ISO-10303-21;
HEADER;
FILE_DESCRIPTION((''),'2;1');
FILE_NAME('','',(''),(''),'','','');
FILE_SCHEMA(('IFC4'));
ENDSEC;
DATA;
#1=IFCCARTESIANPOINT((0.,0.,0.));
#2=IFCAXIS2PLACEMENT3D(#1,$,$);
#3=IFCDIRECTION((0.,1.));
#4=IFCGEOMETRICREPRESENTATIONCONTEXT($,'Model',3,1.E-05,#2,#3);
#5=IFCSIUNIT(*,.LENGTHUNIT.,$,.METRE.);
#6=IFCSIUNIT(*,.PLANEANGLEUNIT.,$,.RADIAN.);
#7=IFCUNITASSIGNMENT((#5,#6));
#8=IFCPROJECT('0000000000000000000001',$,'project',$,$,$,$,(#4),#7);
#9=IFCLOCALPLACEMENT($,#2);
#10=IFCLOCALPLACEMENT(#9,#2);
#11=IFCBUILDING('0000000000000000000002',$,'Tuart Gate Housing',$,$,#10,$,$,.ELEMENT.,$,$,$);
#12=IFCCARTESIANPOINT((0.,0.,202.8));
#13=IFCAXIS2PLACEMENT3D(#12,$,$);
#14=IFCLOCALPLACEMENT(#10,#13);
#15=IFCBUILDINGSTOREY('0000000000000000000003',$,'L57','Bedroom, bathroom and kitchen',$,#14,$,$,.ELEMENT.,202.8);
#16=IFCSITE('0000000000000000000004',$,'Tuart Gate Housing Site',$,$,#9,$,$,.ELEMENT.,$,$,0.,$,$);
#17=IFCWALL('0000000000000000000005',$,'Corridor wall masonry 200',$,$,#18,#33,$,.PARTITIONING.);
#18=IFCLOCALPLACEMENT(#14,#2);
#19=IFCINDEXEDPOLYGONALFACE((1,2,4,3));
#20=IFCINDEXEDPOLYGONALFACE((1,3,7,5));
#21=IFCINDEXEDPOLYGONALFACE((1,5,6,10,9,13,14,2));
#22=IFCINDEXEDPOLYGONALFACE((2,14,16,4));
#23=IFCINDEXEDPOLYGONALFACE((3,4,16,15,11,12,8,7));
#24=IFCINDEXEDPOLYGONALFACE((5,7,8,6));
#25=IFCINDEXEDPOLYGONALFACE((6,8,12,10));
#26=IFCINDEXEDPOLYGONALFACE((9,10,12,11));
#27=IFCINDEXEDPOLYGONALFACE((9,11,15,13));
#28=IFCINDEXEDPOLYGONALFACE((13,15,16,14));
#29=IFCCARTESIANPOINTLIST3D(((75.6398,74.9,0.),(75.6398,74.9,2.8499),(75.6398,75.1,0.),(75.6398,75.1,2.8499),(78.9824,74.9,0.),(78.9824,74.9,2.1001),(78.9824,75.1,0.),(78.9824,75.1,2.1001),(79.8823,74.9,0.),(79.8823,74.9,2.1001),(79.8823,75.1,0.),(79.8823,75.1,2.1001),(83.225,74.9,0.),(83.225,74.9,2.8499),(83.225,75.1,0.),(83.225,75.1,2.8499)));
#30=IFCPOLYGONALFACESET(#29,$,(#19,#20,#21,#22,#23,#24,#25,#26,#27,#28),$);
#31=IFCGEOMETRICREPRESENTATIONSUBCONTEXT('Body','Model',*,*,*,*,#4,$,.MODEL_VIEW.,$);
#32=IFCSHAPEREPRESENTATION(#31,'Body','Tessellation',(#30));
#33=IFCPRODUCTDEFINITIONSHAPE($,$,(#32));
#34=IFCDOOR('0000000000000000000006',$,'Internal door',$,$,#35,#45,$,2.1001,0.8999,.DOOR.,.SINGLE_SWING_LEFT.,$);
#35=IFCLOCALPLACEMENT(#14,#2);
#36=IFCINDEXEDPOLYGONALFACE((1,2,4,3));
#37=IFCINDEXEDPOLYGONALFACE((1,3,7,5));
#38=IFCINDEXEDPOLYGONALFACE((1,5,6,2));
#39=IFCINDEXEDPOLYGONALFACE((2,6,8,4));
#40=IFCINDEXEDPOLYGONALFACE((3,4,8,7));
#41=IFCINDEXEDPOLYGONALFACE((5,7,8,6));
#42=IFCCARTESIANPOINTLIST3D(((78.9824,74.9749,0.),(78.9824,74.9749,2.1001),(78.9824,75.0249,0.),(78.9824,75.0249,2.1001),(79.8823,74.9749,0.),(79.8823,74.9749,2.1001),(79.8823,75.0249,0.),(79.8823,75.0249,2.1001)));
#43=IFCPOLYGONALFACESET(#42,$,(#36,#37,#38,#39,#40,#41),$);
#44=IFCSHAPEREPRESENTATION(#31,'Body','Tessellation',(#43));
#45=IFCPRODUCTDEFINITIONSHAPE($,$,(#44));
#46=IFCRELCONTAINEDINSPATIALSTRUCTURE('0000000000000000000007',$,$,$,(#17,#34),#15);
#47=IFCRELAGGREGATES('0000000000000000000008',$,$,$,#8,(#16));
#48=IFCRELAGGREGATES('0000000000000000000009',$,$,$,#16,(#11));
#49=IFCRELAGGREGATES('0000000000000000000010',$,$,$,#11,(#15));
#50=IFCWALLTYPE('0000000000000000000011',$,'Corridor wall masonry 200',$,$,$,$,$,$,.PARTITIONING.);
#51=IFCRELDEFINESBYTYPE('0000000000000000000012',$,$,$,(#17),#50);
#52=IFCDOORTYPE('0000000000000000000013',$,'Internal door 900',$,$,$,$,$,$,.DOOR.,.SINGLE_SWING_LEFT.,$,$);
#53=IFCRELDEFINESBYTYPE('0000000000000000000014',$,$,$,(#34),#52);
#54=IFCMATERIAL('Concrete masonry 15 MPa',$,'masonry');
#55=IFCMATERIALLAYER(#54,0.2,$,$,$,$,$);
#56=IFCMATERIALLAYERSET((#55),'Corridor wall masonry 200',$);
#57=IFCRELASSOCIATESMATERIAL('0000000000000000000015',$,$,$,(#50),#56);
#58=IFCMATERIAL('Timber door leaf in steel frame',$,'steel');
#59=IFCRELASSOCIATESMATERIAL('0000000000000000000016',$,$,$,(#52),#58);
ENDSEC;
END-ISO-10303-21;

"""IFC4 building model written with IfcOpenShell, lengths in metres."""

from ifc_helpers import new_model, si_unit, direction, frame, frame_2d, origin, place, context, subcontext, project, spatial, rectangle, extrude, material, layer, layer_set, type_object, element, fill, save


model = new_model("IFC4")

# Units and contexts
model_context = context("Model", 3, precision=1e-05, world=origin(), true_north=direction((0.0, 1.0)))
body_context = subcontext(model_context, "Body", "Model", "MODEL_VIEW")
ifc_project = project(units=[si_unit("LENGTHUNIT", "METRE"), si_unit("PLANEANGLEUNIT", "RADIAN")], contexts=[model_context])

# Site, building, storey
site_placement = place(None, origin())
site = spatial("IfcSite", under=ifc_project, at=site_placement, Name="Tuart Gate Housing Site", CompositionType="ELEMENT", RefElevation=0.0)
building_placement = place(site_placement, origin())
building = spatial("IfcBuilding", under=site, at=building_placement, Name="Tuart Gate Housing", CompositionType="ELEMENT")
storey_placement = place(building_placement, frame((0.0, 0.0, 202.8)))
storey = spatial("IfcBuildingStorey", under=building, at=storey_placement, Name="L57", Description="Bedroom, bathroom and kitchen", CompositionType="ELEMENT", Elevation=202.8)

# Shared definitions
ifc_material_1 = material(Name="Concrete masonry 15 MPa", Category="masonry")
ifc_layer_1 = layer(ifc_material_1, 0.2)
ifc_layer_set_1 = layer_set([ifc_layer_1], Name="Corridor wall masonry 200")
wall_type_1 = type_object("IfcWallType", Name="Corridor wall masonry 200", PredefinedType="PARTITIONING", material=ifc_layer_set_1)

# Wall, opening, door
wall_1_placement = place(storey_placement, frame((75.6399, 75.0, 0.0), z_axis=(0.0, 0.0, 1.0), x_axis=(1.0, 0.0, 0.0)))
wall_1 = element("IfcWall", 1, at=wall_1_placement, inside=storey, type_object=wall_type_1, Name="Corridor wall masonry 200", PredefinedType="PARTITIONING", context=body_context, shape_type="SweptSolid", body=[
    extrude(rectangle(XDim=7.5852, YDim=0.2, at=frame_2d((3.7925, 0.0))), origin(), (0.0, 0.0, 1.0), 2.8499),
])
opening_1_placement = place(wall_1_placement, frame((3.3425, 0.0, 0.0)))
opening_1 = element("IfcOpeningElement", 2, at=opening_1_placement, cuts=wall_1, PredefinedType="OPENING", context=body_context, shape_type="SweptSolid", body=[
    extrude(rectangle(XDim=0.8999, YDim=2.1001, at=frame_2d((0.45, 1.05))), frame((0.0, 0.1099, 0.0), z_axis=(0.0, -1.0, 0.0), x_axis=(1.0, 0.0, 0.0)), (0.0, 0.0, 1.0), 0.22),
])
ifc_material_2 = material(Name="Timber door leaf in steel frame", Category="steel")
door_type_1 = type_object("IfcDoorType", Name="Internal door 900", OperationType="SINGLE_SWING_LEFT", PredefinedType="DOOR", material=ifc_material_2)
door_1_placement = place(opening_1_placement, origin())
door_1 = element("IfcDoor", 3, at=door_1_placement, inside=storey, type_object=door_type_1, Name="Internal door", OperationType="SINGLE_SWING_LEFT", OverallHeight=2.1001, OverallWidth=0.8999, PredefinedType="DOOR", context=body_context, shape_type="SweptSolid", body=[
    extrude(rectangle(XDim=0.8999, YDim=2.1001, at=frame_2d((0.45, 1.05))), frame((0.0, 0.0249, 0.0), z_axis=(0.0, -1.0, 0.0), x_axis=(1.0, 0.0, 0.0)), (0.0, 0.0, 1.0), 0.05),
])
fill(opening_1, door_1)

save(model, "model.ifc")
